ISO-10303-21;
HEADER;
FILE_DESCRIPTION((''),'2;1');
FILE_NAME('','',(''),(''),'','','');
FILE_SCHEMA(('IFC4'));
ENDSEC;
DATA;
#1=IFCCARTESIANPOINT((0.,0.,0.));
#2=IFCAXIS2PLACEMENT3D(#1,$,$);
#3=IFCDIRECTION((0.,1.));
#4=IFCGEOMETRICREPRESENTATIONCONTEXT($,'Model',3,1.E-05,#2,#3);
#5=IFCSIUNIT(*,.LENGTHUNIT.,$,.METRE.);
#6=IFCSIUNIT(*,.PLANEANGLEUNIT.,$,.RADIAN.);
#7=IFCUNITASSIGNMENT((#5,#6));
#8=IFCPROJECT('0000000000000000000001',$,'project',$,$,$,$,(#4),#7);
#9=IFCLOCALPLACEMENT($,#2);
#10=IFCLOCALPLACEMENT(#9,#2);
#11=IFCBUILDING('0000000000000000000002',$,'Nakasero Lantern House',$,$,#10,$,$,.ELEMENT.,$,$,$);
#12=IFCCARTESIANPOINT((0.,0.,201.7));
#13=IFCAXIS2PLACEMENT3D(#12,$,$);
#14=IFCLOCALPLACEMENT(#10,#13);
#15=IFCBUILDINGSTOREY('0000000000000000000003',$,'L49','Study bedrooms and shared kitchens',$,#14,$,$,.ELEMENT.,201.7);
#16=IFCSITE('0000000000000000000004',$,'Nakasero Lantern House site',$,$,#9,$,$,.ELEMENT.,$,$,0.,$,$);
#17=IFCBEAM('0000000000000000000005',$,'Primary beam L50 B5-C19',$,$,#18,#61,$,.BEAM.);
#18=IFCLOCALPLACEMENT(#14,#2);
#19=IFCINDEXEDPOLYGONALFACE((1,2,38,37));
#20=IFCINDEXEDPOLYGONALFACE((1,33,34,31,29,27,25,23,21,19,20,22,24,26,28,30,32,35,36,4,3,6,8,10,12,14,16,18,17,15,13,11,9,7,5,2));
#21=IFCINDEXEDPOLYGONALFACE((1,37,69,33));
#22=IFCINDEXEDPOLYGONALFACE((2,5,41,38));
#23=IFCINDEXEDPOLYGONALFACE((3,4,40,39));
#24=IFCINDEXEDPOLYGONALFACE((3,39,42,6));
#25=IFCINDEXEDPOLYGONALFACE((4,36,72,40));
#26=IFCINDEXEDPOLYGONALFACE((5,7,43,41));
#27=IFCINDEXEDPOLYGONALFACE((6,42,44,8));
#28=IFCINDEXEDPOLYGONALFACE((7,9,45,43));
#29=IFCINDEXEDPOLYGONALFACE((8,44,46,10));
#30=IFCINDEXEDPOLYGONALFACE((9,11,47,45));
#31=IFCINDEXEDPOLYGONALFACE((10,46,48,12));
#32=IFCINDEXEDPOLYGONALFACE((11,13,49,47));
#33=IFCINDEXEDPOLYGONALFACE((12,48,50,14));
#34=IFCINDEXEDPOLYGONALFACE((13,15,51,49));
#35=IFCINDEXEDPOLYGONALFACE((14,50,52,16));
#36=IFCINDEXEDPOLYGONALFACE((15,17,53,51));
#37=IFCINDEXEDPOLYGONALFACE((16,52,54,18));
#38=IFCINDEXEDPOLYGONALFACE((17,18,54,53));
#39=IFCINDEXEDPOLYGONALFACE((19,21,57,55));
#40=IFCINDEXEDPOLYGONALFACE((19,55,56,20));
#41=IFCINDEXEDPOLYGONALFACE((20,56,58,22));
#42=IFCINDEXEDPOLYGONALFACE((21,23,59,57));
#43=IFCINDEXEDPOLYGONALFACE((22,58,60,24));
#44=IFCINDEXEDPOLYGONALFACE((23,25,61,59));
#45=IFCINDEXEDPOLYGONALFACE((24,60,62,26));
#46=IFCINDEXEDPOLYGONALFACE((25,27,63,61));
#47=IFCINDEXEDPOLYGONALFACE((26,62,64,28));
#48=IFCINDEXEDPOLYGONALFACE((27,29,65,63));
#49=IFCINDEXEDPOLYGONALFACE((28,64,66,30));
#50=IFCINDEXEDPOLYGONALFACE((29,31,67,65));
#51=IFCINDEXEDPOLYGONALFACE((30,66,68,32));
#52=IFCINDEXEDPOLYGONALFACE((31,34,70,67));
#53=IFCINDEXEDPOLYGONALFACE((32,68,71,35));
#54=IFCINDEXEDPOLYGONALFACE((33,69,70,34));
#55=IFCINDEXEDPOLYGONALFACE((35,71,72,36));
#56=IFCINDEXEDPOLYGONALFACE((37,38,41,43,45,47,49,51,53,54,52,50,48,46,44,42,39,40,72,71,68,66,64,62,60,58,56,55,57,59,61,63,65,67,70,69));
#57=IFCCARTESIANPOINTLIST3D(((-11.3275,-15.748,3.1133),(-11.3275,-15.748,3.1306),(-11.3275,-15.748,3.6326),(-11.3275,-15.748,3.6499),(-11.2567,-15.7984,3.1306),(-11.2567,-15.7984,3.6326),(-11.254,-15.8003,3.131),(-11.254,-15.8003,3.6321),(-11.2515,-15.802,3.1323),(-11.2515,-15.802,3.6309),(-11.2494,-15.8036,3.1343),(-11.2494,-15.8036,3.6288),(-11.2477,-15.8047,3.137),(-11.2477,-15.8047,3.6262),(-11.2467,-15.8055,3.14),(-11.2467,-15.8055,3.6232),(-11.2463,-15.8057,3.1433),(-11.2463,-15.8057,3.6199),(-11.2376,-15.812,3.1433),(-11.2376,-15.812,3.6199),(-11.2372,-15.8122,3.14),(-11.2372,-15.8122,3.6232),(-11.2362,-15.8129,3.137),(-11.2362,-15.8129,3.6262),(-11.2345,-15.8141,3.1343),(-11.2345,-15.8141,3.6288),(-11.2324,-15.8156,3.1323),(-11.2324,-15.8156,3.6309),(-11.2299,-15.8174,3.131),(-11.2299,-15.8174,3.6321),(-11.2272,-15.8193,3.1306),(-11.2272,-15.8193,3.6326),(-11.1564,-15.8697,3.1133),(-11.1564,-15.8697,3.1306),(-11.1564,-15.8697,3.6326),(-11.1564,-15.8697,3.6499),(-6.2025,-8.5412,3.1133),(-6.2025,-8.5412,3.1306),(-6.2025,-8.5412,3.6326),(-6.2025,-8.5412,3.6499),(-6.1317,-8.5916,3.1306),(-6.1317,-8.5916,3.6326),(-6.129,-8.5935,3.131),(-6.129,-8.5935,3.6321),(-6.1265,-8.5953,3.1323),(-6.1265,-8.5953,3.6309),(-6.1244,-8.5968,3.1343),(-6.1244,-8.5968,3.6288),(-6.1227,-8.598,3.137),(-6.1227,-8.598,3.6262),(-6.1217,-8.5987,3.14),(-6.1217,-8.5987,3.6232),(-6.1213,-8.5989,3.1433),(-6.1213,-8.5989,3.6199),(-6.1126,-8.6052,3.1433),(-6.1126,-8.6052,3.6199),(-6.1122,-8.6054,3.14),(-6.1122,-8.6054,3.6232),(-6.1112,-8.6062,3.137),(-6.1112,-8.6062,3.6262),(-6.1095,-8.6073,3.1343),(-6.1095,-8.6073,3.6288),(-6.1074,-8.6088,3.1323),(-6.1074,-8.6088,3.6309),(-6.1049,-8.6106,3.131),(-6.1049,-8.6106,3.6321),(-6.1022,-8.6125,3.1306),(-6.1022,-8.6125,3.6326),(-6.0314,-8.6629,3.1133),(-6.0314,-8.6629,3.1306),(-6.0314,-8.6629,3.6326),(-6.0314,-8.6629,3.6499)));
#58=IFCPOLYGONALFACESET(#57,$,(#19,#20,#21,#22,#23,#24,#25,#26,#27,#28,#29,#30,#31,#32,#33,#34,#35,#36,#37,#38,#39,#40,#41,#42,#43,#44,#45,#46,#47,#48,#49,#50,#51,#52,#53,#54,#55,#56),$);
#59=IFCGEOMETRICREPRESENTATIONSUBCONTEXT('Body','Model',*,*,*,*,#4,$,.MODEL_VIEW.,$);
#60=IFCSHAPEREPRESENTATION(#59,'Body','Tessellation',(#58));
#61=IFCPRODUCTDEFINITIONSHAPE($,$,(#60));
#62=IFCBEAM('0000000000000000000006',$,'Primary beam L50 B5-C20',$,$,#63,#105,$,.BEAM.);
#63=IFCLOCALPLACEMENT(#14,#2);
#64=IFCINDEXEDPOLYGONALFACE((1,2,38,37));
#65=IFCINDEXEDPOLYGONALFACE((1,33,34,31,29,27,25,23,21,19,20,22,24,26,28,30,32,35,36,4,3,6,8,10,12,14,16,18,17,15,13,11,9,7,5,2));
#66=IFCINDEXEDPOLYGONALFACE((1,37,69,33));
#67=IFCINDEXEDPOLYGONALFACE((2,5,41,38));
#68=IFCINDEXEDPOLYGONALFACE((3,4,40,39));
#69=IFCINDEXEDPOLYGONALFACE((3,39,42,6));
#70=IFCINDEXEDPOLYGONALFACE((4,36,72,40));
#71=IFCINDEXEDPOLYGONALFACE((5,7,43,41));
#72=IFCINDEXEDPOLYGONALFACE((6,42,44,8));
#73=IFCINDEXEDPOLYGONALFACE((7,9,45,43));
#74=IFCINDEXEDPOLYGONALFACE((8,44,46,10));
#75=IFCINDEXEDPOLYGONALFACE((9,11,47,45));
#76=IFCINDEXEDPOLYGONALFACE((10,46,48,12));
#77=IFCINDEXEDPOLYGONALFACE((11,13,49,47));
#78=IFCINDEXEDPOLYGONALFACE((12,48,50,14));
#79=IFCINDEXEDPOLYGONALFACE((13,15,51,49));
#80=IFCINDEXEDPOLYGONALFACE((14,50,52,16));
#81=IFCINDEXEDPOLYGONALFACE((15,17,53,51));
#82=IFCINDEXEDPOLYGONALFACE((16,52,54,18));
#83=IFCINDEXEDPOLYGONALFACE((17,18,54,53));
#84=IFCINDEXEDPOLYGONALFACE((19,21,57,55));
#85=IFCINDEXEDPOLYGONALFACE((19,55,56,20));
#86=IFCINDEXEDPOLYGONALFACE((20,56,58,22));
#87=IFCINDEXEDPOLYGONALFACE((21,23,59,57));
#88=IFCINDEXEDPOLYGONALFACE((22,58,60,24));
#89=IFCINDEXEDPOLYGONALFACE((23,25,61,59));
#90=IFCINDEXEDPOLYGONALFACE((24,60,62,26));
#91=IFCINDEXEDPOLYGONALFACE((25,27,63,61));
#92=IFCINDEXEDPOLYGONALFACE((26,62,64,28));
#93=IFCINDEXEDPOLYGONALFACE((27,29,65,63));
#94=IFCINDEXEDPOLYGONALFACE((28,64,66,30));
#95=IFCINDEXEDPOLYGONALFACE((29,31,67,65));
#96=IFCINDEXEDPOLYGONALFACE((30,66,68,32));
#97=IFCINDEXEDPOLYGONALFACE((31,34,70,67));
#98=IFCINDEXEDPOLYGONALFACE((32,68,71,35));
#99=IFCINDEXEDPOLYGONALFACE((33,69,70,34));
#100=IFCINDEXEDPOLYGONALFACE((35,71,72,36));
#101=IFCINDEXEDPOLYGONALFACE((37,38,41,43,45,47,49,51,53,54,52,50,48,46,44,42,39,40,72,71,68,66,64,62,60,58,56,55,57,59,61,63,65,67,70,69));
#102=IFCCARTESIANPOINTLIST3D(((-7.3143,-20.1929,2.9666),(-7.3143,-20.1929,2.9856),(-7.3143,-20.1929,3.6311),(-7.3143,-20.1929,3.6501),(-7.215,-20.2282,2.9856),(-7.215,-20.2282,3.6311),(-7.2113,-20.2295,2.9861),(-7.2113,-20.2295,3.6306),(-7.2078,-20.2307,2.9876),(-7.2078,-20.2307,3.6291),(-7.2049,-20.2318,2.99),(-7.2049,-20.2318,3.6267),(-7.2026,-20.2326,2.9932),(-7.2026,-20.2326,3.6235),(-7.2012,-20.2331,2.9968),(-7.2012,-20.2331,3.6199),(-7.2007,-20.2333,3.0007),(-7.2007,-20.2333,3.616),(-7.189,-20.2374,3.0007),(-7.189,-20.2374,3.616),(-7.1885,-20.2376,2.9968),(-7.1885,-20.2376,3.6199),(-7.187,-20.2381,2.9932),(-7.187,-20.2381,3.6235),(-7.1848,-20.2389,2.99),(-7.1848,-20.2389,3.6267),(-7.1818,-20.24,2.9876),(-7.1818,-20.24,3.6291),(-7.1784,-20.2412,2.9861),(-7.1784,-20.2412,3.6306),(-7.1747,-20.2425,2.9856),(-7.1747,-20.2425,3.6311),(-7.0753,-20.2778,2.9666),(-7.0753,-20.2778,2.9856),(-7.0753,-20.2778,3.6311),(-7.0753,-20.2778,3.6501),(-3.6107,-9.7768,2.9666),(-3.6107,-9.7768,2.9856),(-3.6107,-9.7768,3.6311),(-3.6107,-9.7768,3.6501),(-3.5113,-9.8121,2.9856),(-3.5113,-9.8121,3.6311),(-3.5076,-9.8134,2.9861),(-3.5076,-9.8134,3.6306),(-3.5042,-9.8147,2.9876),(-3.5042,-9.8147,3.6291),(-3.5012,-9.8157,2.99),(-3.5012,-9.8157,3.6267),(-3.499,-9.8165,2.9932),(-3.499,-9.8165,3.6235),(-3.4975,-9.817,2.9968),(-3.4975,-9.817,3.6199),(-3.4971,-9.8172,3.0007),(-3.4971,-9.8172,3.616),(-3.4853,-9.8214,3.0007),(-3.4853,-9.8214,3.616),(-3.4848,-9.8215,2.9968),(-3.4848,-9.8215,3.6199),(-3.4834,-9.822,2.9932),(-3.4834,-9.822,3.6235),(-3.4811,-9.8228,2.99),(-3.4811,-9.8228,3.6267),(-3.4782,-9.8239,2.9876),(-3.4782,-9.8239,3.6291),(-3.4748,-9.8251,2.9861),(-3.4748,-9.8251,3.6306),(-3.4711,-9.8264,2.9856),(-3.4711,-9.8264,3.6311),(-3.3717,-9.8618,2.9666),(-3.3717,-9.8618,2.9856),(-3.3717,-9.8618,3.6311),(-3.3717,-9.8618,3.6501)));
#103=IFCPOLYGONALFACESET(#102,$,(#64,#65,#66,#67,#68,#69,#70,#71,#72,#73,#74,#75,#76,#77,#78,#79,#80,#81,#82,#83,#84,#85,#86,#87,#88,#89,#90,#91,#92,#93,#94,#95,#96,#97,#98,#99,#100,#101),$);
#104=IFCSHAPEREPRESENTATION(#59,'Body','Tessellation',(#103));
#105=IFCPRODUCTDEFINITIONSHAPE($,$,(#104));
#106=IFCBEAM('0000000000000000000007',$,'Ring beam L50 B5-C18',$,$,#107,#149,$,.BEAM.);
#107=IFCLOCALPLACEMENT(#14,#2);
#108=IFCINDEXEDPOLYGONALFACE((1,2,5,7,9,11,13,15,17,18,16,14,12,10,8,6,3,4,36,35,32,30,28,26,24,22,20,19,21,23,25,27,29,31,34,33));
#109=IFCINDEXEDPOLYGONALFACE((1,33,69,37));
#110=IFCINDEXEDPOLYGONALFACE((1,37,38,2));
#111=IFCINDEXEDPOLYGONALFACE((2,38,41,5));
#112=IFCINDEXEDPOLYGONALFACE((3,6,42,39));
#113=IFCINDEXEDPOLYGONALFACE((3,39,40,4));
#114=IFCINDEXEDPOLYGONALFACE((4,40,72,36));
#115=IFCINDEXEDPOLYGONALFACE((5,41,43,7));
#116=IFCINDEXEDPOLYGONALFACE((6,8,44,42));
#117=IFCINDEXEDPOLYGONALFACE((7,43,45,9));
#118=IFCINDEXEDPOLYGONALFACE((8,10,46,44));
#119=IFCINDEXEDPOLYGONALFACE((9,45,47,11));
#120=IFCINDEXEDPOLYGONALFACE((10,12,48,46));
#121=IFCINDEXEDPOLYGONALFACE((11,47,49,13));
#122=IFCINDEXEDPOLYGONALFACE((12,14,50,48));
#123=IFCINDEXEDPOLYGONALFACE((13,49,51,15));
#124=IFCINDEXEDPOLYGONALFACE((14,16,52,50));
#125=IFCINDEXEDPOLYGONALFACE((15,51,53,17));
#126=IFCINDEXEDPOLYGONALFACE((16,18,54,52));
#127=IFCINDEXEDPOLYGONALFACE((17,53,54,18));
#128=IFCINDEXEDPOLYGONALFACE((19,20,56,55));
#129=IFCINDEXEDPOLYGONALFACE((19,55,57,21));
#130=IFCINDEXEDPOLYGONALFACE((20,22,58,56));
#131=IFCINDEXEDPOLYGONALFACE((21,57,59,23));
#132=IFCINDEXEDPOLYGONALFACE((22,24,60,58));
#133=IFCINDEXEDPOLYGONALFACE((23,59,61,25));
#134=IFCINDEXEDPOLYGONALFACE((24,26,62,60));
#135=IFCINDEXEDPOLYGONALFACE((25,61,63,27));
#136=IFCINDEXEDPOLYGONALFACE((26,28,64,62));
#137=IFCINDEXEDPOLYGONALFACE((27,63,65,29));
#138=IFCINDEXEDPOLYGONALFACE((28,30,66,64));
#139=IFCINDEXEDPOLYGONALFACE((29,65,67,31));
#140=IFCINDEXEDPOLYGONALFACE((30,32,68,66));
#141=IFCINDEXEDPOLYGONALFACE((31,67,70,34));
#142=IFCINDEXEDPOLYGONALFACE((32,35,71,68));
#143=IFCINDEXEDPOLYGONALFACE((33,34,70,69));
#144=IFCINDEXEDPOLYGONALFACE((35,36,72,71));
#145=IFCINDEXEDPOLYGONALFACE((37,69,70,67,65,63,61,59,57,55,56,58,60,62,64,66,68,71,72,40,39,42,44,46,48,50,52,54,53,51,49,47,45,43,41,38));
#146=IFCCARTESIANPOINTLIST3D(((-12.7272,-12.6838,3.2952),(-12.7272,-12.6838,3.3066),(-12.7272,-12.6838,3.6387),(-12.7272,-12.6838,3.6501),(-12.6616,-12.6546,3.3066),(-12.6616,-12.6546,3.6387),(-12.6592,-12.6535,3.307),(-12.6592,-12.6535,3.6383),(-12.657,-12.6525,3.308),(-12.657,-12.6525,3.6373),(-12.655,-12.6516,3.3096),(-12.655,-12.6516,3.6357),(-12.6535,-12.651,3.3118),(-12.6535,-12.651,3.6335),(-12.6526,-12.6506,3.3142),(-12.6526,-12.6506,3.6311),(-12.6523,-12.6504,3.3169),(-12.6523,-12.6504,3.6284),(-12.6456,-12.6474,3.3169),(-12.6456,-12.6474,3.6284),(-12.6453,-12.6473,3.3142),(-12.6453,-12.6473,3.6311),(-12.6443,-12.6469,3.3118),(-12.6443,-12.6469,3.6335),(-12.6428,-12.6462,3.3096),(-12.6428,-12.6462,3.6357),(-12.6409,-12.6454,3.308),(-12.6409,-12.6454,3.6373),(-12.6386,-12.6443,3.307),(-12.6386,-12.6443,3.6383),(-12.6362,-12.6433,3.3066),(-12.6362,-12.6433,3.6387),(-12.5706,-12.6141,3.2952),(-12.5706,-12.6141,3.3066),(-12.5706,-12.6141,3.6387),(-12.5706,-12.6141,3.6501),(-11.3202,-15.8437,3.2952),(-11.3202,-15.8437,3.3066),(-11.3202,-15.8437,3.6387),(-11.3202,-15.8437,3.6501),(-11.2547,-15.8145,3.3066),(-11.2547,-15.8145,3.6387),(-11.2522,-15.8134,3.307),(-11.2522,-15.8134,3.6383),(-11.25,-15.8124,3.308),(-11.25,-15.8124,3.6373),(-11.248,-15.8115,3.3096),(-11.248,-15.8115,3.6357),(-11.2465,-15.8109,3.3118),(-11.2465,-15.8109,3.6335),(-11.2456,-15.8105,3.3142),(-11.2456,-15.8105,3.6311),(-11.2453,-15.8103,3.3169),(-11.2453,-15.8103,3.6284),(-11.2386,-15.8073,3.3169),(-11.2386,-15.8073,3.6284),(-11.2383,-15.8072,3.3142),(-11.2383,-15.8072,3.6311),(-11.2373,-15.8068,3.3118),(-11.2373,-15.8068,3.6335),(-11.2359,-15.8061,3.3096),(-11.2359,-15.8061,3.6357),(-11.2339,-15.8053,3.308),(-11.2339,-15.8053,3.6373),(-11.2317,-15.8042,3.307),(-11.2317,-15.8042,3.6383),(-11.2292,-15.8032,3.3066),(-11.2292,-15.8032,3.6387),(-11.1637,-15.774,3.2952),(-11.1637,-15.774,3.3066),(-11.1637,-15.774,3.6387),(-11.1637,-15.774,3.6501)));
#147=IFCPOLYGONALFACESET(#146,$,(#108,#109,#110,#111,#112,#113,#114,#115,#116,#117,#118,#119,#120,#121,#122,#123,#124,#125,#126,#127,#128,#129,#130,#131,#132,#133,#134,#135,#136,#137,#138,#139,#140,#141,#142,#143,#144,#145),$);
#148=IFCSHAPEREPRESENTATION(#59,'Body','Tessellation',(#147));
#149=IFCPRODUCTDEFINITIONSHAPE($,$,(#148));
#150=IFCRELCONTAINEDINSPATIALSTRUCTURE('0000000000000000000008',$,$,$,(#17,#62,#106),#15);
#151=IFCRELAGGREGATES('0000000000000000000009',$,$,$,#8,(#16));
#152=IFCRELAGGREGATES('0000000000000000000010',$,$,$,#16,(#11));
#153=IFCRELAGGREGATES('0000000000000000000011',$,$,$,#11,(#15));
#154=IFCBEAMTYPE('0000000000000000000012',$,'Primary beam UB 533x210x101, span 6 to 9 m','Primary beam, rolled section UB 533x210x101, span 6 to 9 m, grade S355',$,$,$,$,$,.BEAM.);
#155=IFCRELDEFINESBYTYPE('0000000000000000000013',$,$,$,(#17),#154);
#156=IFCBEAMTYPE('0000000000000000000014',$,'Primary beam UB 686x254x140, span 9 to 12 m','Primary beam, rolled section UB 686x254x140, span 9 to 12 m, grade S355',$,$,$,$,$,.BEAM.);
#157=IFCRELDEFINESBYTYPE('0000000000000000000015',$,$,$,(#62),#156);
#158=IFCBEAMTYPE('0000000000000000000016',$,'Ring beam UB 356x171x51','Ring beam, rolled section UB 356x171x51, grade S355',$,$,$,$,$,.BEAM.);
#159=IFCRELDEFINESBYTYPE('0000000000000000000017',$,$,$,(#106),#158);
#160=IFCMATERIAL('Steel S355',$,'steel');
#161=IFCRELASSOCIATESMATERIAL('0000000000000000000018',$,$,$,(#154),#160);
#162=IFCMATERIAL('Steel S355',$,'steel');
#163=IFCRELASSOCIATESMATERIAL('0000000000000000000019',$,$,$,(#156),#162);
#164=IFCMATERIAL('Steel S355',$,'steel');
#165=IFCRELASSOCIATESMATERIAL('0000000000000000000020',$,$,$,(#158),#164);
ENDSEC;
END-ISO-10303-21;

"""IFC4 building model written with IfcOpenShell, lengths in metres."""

from ifc_helpers import new_model, si_unit, direction, frame, origin, origin_2d, place, context, subcontext, project, spatial, i_section, extrude, material, material_profile, profile_set, type_object, element, save


model = new_model("IFC4")

# Units and contexts
model_context = context("Model", 3, precision=1e-05, world=origin(), true_north=direction((0.0, 1.0)))
body_context = subcontext(model_context, "Body", "Model", "MODEL_VIEW")
ifc_project = project(units=[si_unit("LENGTHUNIT", "METRE"), si_unit("PLANEANGLEUNIT", "RADIAN")], contexts=[model_context])

# Site, building, storey
site_placement = place(None, origin())
site = spatial("IfcSite", under=ifc_project, at=site_placement, Name="Nakasero Lantern House site", CompositionType="ELEMENT", RefElevation=0.0)
building_placement = place(site_placement, origin())
building = spatial("IfcBuilding", under=site, at=building_placement, Name="Nakasero Lantern House", CompositionType="ELEMENT")
storey_placement = place(building_placement, frame((0.0, 0.0, 201.7)))
storey = spatial("IfcBuildingStorey", under=building, at=storey_placement, Name="L49", Description="Study bedrooms and shared kitchens", CompositionType="ELEMENT", Elevation=201.7)

# Beams
ifc_material_1 = material(Name="Steel S355", Category="steel")
ifc_material_profile_1 = material_profile(ifc_material_1, i_section(OverallWidth=0.21, OverallDepth=0.5366, WebThickness=0.0107, FlangeThickness=0.0173, FilletRadius=0.0127, at=origin_2d()), Name="UB 533x210x101")
ifc_profile_set_1 = profile_set([ifc_material_profile_1], Name="Steel S355")
beam_type_1 = type_object("IfcBeamType", Name="Primary beam UB 533x210x101, span 6 to 9 m", Description="Primary beam, rolled section UB 533x210x101, span 6 to 9 m, grade S355", PredefinedType="BEAM", material=ifc_profile_set_1)
beam_1_placement = place(storey_placement, frame((-11.2419, -15.8088, 3.3816), z_axis=(0.579537, 0.814946, 0.0), x_axis=(-0.814946, 0.579537, 0.0)))
element("IfcBeam", 1, at=beam_1_placement, inside=storey, type_object=beam_type_1, Name="Primary beam L50 B5-C19", PredefinedType="BEAM", context=body_context, shape_type="SweptSolid", body=[
    extrude(i_section(OverallWidth=0.21, OverallDepth=0.5366, WebThickness=0.0107, FlangeThickness=0.0173, FilletRadius=0.0127, at=origin_2d()), origin(), (0.0, 0.0, 1.0), 8.8433),
])
ifc_material_2 = material(Name="Steel S355", Category="steel")
ifc_material_profile_2 = material_profile(ifc_material_2, i_section(OverallWidth=0.2537, OverallDepth=0.6836, WebThickness=0.0125, FlangeThickness=0.019, FilletRadius=0.0151, at=origin_2d()), Name="UB 686x254x140")
ifc_profile_set_2 = profile_set([ifc_material_profile_2], Name="Steel S355")
beam_type_2 = type_object("IfcBeamType", Name="Primary beam UB 686x254x140, span 9 to 12 m", Description="Primary beam, rolled section UB 686x254x140, span 9 to 12 m, grade S355", PredefinedType="BEAM", material=ifc_profile_set_2)
beam_2_placement = place(storey_placement, frame((-7.1948, -20.2354, 3.3083), z_axis=(0.335021, 0.942211, 0.0), x_axis=(-0.942211, 0.335021, 0.0)))
element("IfcBeam", 2, at=beam_2_placement, inside=storey, type_object=beam_type_2, Name="Primary beam L50 B5-C20", PredefinedType="BEAM", context=body_context, shape_type="SweptSolid", body=[
    extrude(i_section(OverallWidth=0.2537, OverallDepth=0.6836, WebThickness=0.0125, FlangeThickness=0.019, FilletRadius=0.0151, at=origin_2d()), origin(), (0.0, 0.0, 1.0), 11.0549),
])
ifc_material_3 = material(Name="Steel S355", Category="steel")
ifc_material_profile_3 = material_profile(ifc_material_3, i_section(OverallWidth=0.1714, OverallDepth=0.355, WebThickness=0.0073, FlangeThickness=0.0115, FilletRadius=0.0103, at=origin_2d()), Name="UB 356x171x51")
ifc_profile_set_3 = profile_set([ifc_material_profile_3], Name="Steel S355")
beam_type_3 = type_object("IfcBeamType", Name="Ring beam UB 356x171x51", Description="Ring beam, rolled section UB 356x171x51, grade S355", PredefinedType="BEAM", material=ifc_profile_set_3)
beam_3_placement = place(storey_placement, frame((-12.6489, -12.6489, 3.4727), z_axis=(0.406761, -0.913535, 0.0), x_axis=(0.913535, 0.406761, 0.0)))
element("IfcBeam", 3, at=beam_3_placement, inside=storey, type_object=beam_type_3, Name="Ring beam L50 B5-C18", PredefinedType="BEAM", context=body_context, shape_type="SweptSolid", body=[
    extrude(i_section(OverallWidth=0.1714, OverallDepth=0.355, WebThickness=0.0073, FlangeThickness=0.0115, FilletRadius=0.0103, at=origin_2d()), origin(), (0.0, 0.0, 1.0), 3.459),
])

save(model, "model.ifc")
